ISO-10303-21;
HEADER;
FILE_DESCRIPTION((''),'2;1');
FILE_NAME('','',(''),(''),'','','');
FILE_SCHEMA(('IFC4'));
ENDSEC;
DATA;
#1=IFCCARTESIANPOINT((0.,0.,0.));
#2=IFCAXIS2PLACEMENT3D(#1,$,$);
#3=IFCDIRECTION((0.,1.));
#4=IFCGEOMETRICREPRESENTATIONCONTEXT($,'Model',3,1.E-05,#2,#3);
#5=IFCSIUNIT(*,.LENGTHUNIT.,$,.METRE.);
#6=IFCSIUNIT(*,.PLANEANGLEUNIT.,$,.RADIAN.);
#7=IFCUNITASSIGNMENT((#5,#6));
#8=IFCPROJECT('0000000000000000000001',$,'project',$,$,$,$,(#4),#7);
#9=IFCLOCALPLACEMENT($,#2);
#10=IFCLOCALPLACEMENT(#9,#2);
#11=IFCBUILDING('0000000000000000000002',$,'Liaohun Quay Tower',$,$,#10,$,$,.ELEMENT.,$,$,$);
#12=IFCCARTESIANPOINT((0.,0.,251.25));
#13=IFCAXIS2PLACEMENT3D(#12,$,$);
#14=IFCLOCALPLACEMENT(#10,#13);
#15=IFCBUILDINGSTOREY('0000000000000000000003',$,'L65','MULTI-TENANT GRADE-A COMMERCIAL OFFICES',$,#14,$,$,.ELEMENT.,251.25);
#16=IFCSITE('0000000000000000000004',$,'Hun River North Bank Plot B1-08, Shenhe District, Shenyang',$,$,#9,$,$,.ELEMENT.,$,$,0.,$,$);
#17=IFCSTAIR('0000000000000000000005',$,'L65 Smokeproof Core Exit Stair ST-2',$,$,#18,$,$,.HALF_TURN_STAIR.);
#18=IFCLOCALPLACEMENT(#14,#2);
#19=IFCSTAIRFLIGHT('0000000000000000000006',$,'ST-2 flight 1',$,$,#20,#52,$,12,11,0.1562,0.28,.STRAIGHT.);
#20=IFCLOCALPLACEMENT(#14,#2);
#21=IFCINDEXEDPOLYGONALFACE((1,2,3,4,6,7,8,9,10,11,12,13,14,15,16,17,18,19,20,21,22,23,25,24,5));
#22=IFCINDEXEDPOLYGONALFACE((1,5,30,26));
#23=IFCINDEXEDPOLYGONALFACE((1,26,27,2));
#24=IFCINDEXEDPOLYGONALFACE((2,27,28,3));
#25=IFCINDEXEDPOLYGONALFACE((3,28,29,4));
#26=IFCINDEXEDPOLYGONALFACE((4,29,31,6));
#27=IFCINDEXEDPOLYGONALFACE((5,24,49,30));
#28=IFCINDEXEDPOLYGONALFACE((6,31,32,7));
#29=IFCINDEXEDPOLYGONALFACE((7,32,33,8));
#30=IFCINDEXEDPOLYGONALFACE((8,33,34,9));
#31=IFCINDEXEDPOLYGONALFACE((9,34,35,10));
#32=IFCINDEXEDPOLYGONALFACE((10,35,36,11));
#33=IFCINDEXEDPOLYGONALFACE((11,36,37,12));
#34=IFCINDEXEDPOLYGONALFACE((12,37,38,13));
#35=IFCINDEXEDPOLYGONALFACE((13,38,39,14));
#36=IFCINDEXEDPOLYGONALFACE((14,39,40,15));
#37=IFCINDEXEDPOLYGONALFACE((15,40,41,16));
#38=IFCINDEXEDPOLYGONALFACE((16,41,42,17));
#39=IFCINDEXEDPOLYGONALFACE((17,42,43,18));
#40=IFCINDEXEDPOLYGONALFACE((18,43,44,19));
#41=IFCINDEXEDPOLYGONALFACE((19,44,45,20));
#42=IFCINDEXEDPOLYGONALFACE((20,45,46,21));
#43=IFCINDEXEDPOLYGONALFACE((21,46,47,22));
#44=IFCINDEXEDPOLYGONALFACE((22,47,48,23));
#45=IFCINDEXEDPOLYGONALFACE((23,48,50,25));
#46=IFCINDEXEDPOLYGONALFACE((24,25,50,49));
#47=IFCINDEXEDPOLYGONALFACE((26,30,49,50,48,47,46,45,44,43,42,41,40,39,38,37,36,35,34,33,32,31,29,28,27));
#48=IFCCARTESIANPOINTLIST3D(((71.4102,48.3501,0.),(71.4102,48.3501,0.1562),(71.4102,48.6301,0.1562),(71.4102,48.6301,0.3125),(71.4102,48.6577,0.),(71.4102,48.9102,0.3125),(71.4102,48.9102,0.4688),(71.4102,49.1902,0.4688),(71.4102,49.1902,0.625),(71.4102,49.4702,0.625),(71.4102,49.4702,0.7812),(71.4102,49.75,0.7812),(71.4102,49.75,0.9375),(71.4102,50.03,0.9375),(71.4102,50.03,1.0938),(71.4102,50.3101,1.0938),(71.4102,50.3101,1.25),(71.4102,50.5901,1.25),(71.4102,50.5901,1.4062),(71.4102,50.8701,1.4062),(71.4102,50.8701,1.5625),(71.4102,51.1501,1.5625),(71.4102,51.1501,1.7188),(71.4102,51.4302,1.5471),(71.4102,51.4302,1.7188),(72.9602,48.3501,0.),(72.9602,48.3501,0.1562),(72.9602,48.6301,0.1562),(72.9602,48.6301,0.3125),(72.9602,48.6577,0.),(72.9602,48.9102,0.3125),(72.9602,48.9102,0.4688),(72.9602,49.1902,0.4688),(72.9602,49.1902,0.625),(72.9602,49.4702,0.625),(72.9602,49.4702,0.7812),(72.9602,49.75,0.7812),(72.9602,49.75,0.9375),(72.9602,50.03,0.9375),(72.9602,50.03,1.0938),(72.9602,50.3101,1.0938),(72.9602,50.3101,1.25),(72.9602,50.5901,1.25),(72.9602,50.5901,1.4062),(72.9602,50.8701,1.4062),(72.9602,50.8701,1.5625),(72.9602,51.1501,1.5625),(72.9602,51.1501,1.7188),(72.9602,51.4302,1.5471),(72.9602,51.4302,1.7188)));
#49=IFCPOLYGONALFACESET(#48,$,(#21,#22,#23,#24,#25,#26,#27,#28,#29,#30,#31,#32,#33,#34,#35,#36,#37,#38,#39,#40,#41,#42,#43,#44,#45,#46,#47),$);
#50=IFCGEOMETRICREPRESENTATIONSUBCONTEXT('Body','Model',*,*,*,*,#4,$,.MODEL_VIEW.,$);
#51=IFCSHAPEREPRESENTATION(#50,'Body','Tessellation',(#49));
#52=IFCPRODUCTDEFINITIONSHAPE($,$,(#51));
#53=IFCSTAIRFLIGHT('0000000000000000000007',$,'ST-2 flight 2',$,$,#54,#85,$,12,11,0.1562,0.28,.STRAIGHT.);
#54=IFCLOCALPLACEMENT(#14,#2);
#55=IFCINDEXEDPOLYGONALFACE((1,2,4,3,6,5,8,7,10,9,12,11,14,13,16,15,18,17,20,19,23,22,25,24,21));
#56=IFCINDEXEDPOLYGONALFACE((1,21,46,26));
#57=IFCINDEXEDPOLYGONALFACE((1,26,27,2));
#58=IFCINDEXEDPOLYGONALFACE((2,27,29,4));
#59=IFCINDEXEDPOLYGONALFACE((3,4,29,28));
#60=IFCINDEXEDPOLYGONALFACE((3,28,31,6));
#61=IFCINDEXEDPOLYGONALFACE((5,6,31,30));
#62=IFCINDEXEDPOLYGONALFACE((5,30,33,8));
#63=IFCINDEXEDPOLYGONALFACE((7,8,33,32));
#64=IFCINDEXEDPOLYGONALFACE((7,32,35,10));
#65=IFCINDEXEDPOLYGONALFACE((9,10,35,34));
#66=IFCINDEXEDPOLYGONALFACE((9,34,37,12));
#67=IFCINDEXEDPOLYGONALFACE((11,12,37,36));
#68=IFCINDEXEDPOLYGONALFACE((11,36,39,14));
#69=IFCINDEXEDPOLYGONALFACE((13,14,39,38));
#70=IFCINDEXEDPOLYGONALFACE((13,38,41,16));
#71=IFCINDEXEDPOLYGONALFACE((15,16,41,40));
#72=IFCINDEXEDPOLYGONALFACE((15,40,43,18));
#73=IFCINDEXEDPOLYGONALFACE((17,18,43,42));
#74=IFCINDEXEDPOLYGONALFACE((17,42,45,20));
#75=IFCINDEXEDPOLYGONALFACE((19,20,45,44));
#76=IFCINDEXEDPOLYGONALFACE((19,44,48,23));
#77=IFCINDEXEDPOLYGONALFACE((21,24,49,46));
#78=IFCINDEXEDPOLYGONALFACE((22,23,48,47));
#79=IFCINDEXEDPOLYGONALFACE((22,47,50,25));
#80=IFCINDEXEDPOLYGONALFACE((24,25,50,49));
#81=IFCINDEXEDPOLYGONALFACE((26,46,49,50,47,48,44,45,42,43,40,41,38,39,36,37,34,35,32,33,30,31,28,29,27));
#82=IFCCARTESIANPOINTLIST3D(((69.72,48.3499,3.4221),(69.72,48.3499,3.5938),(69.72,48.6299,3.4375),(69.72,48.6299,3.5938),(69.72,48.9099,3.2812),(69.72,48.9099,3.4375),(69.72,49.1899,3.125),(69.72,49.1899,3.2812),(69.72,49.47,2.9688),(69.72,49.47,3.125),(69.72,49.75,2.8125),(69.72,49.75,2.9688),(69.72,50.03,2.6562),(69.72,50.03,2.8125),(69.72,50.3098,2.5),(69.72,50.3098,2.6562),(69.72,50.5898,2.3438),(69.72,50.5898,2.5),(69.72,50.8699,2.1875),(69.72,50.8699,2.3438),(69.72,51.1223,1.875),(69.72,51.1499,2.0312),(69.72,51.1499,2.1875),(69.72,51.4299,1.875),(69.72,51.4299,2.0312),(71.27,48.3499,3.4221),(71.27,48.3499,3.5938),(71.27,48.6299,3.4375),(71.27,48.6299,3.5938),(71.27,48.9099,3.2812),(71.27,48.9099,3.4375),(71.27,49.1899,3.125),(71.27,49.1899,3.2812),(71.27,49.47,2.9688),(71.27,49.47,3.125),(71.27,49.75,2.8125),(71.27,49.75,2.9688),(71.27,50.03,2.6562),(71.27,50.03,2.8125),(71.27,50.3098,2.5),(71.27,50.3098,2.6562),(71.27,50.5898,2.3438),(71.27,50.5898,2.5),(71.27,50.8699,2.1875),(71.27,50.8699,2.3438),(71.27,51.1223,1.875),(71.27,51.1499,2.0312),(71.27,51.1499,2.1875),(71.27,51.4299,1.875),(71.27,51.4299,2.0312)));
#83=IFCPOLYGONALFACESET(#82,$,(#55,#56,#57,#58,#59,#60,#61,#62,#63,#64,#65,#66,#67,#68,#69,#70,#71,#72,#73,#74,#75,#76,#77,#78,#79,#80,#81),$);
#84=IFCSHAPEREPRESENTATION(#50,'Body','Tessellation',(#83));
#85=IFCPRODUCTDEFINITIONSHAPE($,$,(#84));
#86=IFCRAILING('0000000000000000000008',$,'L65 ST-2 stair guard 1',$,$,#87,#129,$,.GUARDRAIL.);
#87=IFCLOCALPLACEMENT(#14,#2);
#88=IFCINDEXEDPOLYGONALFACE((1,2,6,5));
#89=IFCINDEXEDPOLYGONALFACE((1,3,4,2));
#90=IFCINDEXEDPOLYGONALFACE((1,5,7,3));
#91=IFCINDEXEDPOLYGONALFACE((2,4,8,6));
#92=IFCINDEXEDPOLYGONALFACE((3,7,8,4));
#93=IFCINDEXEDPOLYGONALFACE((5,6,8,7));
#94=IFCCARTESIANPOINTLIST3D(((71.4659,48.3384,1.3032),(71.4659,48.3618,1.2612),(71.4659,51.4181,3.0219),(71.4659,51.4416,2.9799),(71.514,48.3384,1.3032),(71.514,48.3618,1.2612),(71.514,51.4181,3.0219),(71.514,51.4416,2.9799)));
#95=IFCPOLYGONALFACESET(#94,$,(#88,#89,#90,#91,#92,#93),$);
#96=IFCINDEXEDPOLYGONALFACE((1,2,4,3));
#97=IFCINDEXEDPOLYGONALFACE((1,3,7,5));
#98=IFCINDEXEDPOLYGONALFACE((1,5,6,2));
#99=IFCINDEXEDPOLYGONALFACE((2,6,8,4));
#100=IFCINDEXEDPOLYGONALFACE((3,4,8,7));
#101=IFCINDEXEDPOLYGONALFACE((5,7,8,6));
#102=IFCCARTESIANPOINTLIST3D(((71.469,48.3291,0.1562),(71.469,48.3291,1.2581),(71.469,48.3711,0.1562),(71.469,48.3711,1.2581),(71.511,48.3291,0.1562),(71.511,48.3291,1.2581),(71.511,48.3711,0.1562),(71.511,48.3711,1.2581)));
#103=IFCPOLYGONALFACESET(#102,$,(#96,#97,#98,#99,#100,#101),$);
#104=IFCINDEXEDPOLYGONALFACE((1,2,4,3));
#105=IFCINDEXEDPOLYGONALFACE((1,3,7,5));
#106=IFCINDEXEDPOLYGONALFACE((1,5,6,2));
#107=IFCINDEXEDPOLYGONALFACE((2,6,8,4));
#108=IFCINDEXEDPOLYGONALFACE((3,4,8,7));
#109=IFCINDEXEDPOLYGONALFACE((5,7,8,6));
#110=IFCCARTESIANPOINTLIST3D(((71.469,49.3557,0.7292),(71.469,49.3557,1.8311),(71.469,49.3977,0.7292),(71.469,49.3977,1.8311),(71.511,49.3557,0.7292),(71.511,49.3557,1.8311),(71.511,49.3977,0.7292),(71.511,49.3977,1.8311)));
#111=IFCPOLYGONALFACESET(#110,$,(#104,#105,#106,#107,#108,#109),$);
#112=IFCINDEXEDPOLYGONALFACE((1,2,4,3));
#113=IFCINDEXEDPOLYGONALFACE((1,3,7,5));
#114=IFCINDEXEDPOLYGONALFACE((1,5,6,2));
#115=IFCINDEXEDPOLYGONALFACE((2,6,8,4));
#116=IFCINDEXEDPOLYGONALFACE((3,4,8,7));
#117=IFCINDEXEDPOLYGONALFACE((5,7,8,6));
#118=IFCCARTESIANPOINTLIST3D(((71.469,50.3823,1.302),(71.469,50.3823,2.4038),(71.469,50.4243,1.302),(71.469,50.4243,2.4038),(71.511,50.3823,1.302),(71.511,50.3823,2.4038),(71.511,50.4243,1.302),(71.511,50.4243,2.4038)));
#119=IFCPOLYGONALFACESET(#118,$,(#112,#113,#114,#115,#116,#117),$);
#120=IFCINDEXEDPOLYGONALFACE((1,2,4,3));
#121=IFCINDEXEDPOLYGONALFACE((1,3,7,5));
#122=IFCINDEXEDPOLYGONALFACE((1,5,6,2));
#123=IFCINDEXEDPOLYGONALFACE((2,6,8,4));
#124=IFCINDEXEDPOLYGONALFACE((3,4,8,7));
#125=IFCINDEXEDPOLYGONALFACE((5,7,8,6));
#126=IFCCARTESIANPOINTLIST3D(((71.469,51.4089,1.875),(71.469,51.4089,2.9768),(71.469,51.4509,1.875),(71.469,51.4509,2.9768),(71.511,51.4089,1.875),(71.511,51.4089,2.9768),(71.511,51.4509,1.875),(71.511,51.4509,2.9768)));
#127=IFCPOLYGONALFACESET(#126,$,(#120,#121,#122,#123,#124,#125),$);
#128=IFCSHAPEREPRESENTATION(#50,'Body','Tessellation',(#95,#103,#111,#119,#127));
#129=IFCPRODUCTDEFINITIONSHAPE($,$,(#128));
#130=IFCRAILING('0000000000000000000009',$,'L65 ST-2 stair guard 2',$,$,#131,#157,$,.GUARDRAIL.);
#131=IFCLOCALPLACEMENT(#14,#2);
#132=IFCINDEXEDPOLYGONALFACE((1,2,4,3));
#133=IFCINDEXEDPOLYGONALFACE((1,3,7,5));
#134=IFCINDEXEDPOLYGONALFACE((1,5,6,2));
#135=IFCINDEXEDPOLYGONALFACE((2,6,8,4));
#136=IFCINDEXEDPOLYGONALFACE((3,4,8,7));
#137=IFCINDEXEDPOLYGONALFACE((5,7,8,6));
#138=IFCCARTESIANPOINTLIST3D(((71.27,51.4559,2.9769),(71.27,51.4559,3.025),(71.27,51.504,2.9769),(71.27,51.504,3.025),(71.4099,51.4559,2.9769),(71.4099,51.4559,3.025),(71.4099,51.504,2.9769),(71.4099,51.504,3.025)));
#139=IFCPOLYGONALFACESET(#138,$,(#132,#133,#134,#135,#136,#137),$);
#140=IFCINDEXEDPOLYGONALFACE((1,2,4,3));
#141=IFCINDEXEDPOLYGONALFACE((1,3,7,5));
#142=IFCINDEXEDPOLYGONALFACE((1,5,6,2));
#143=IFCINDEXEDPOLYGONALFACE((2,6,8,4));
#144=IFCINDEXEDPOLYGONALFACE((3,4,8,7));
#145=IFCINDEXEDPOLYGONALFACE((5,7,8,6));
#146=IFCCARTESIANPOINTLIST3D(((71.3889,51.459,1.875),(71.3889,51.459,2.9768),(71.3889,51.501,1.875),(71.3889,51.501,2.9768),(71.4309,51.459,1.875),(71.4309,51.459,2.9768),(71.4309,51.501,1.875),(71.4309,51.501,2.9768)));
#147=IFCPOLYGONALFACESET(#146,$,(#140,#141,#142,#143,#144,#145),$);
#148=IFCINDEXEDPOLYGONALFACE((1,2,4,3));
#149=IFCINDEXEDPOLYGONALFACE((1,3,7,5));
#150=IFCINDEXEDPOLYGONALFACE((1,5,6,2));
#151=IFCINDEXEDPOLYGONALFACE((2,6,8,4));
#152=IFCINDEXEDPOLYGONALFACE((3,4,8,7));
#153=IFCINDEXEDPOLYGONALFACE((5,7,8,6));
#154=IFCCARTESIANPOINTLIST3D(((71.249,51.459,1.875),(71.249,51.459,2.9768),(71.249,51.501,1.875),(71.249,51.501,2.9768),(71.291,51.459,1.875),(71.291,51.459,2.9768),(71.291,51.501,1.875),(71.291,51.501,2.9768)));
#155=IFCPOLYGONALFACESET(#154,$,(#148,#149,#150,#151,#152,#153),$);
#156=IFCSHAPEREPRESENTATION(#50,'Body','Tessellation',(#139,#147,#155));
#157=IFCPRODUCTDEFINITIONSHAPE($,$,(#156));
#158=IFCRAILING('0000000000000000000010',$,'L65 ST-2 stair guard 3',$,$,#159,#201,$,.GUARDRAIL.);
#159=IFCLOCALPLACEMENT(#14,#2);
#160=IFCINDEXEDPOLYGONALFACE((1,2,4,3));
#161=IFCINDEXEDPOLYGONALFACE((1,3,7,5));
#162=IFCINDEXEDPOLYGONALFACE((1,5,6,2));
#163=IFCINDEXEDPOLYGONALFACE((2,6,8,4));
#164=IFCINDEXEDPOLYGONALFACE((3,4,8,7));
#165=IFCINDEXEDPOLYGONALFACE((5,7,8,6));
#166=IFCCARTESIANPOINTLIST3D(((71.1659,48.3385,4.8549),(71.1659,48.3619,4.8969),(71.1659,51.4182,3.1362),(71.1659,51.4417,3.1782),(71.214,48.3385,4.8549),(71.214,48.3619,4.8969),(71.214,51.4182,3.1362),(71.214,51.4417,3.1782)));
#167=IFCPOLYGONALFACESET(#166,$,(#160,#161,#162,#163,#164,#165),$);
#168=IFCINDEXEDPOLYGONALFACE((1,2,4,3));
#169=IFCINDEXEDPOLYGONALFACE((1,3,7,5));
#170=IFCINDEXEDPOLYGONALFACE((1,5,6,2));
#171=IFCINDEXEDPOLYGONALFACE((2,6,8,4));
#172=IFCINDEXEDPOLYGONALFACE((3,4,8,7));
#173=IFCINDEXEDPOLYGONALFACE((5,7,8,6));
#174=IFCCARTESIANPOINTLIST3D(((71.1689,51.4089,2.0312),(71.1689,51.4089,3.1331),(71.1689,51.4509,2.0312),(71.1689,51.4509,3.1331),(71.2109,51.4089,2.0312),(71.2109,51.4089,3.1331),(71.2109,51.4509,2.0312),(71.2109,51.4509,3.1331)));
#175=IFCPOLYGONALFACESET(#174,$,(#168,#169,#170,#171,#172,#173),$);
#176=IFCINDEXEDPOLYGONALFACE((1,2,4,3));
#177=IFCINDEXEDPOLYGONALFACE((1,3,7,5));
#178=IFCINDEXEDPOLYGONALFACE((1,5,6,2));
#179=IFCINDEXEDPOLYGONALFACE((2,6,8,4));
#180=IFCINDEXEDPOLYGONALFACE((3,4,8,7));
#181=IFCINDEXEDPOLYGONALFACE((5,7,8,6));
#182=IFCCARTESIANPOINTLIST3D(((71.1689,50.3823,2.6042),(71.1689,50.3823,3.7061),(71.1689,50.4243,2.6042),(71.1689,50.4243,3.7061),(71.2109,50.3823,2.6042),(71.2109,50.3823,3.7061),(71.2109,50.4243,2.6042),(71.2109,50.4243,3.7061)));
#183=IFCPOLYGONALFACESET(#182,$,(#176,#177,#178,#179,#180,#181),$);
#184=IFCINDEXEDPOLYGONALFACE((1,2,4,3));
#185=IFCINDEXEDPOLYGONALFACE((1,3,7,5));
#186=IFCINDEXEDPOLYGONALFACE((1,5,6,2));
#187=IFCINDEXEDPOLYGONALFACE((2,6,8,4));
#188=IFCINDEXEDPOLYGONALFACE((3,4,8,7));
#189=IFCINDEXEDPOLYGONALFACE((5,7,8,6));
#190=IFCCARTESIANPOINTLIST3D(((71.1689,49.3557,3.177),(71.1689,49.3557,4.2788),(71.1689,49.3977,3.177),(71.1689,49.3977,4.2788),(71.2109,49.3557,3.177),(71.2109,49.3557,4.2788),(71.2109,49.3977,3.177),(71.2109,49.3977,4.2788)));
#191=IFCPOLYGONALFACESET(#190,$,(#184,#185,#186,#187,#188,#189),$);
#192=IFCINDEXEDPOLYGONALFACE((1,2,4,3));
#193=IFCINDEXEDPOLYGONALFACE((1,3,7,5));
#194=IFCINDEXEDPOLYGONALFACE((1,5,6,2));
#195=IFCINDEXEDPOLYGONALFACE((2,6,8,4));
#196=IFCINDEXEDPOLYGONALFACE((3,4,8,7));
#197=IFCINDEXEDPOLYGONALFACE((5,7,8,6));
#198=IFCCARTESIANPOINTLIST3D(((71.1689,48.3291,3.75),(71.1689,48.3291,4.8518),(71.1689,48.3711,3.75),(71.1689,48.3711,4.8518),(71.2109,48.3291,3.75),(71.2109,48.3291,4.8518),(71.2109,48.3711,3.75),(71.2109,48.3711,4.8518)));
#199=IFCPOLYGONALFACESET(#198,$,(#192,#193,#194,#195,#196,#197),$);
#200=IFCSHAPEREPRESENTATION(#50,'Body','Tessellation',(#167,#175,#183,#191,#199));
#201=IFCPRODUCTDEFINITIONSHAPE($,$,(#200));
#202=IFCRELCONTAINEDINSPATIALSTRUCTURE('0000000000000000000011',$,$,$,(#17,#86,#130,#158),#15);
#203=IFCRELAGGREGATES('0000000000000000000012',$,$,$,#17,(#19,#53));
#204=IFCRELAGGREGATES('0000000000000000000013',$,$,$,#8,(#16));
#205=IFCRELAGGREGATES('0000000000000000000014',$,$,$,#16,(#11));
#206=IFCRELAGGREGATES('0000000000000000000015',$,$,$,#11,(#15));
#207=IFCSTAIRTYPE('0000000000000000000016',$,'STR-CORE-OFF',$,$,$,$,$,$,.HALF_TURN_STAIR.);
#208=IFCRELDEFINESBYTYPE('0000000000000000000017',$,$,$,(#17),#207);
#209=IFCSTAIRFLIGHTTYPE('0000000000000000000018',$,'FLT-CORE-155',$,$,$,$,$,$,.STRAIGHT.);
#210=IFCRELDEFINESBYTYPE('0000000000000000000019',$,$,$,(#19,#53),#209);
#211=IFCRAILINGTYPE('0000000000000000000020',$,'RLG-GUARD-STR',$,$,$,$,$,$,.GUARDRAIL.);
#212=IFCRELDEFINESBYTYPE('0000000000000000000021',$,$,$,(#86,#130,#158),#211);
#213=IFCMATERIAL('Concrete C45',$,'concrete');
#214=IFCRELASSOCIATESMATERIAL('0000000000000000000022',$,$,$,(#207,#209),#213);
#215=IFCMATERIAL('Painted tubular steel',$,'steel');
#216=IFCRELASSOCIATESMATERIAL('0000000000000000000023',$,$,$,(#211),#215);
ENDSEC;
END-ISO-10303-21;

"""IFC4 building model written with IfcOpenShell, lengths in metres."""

from ifc_helpers import new_model, si_unit, direction, frame, origin, origin_2d, place, context, subcontext, project, spatial, polyline, rectangle, outline, extrude, material, type_object, element, aggregate, save


model = new_model("IFC4")

# Units and contexts
model_context = context("Model", 3, precision=1e-05, world=origin(), true_north=direction((0.0, 1.0)))
body_context = subcontext(model_context, "Body", "Model", "MODEL_VIEW")
ifc_project = project(units=[si_unit("LENGTHUNIT", "METRE"), si_unit("PLANEANGLEUNIT", "RADIAN")], contexts=[model_context])

# Site, building, storey
site_placement = place(None, origin())
site = spatial("IfcSite", under=ifc_project, at=site_placement, Name="Hun River North Bank Plot B1-08, Shenhe District, Shenyang", CompositionType="ELEMENT", RefElevation=0.0)
building_placement = place(site_placement, origin())
building = spatial("IfcBuilding", under=site, at=building_placement, Name="Liaohun Quay Tower", CompositionType="ELEMENT")
storey_placement = place(building_placement, frame((0.0, 0.0, 251.25)))
storey = spatial("IfcBuildingStorey", under=building, at=storey_placement, Name="L65", Description="MULTI-TENANT GRADE-A COMMERCIAL OFFICES", CompositionType="ELEMENT", Elevation=251.25)

# Stair, stair flights
ifc_material_1 = material(Name="Concrete C45", Category="concrete")
stair_type = type_object("IfcStairType", Name="STR-CORE-OFF", PredefinedType="HALF_TURN_STAIR", material=ifc_material_1)
stair_placement = place(storey_placement, origin())
stair = element("IfcStair", 1, at=stair_placement, inside=storey, type_object=stair_type, Name="L65 Smokeproof Core Exit Stair ST-2", PredefinedType="HALF_TURN_STAIR")
stair_flight_type = type_object("IfcStairFlightType", Name="FLT-CORE-155", PredefinedType="STRAIGHT", material=ifc_material_1)
stair_flight_1_placement = place(storey_placement, frame((72.1851, 48.3501, 0.0), z_axis=(0.0, 0.0, 1.0), x_axis=(0.0, 1.0, 0.0)))
stair_flight_1 = element("IfcStairFlight", 2, at=stair_flight_1_placement, type_object=stair_flight_type, Name="ST-2 flight 1", NumberOfRisers=12, NumberOfTreads=11, PredefinedType="STRAIGHT", RiserHeight=0.1562, TreadLength=0.28, context=body_context, shape_type="SweptSolid", body=[
    extrude(outline(polyline([(0.0, 0.0), (0.0, 0.1562), (0.28, 0.1562), (0.28, 0.3125), (0.5601, 0.3125), (0.5601, 0.4688), (0.8401, 0.4688), (0.8401, 0.625), (1.1201, 0.625), (1.1201, 0.7812), (1.3999, 0.7812), (1.3999, 0.9375), (1.6799, 0.9375), (1.6799, 1.0938), (1.96, 1.0938), (1.96, 1.25), (2.24, 1.25), (2.24, 1.4062), (2.52, 1.4062), (2.52, 1.5625), (2.8, 1.5625), (2.8, 1.7188), (3.0801, 1.7188), (3.0801, 1.875), (3.0801, 1.5471), (0.3076, 0.0), (0.0, 0.0)])), frame((0.0, 0.7749, 0.0), z_axis=(0.0, -1.0, 0.0), x_axis=(1.0, 0.0, 0.0)), (0.0, 0.0, 1.0), 1.55),
])
stair_flight_2_placement = place(storey_placement, frame((70.4951, 51.4299, 1.875), z_axis=(0.0, 0.0, 1.0), x_axis=(0.0, -1.0, 0.0)))
stair_flight_2 = element("IfcStairFlight", 3, at=stair_flight_2_placement, type_object=stair_flight_type, Name="ST-2 flight 2", NumberOfRisers=12, NumberOfTreads=11, PredefinedType="STRAIGHT", RiserHeight=0.1562, TreadLength=0.28, context=body_context, shape_type="SweptSolid", body=[
    extrude(outline(polyline([(0.0, 0.0), (0.0, 0.1562), (0.28, 0.1562), (0.28, 0.3125), (0.5601, 0.3125), (0.5601, 0.4688), (0.8401, 0.4688), (0.8401, 0.625), (1.1201, 0.625), (1.1201, 0.7812), (1.3999, 0.7812), (1.3999, 0.9375), (1.6799, 0.9375), (1.6799, 1.0938), (1.96, 1.0938), (1.96, 1.25), (2.24, 1.25), (2.24, 1.4062), (2.52, 1.4062), (2.52, 1.5625), (2.8, 1.5625), (2.8, 1.7188), (3.0801, 1.7188), (3.0801, 1.875), (3.0801, 1.5471), (0.3076, 0.0), (0.0, 0.0)])), frame((0.0, 0.7749, 0.0), z_axis=(0.0, -1.0, 0.0), x_axis=(1.0, 0.0, 0.0)), (0.0, 0.0, 1.0), 1.55),
])
aggregate(stair, [stair_flight_1, stair_flight_2])

# Railings
ifc_material_2 = material(Name="Painted tubular steel", Category="steel")
railing_type_1 = type_object("IfcRailingType", Name="RLG-GUARD-STR", PredefinedType="GUARDRAIL", material=ifc_material_2)
railing_1_placement = place(storey_placement, frame((71.49, 48.3501, 0.1562)))
element("IfcRailing", 4, at=railing_1_placement, inside=storey, type_object=railing_type_1, Name="L65 ST-2 stair guard 1", PredefinedType="GUARDRAIL", context=body_context, shape_type="SweptSolid", body=[
    extrude(rectangle(XDim=0.0481, YDim=0.0481, at=origin_2d()), frame((0.0, 0.0, 1.126), z_axis=(0.0, 0.873225, 0.487317), x_axis=(-1.0, 0.0, 0.0)), (0.0, 0.0, 1.0), 3.5269),
    extrude(rectangle(XDim=0.042, YDim=0.042, at=origin_2d()), origin(), (0.0, 0.0, 1.0), 1.1018),
    extrude(rectangle(XDim=0.042, YDim=0.042, at=origin_2d()), frame((0.0, 1.0266, 0.573)), (0.0, 0.0, 1.0), 1.1018),
    extrude(rectangle(XDim=0.042, YDim=0.042, at=origin_2d()), frame((0.0, 2.0532, 1.1458)), (0.0, 0.0, 1.0), 1.1018),
    extrude(rectangle(XDim=0.042, YDim=0.042, at=origin_2d()), frame((0.0, 3.0798, 1.7188)), (0.0, 0.0, 1.0), 1.1018),
])
railing_2_placement = place(storey_placement, frame((71.4099, 51.48, 1.875)))
element("IfcRailing", 5, at=railing_2_placement, inside=storey, type_object=railing_type_1, Name="L65 ST-2 stair guard 2", PredefinedType="GUARDRAIL", context=body_context, shape_type="SweptSolid", body=[
    extrude(rectangle(XDim=0.0481, YDim=0.0481, at=origin_2d()), frame((0.0, 0.0, 1.126), z_axis=(-1.0, 0.0, 0.0), x_axis=(0.0, -1.0, 0.0)), (0.0, 0.0, 1.0), 0.1399),
    extrude(rectangle(XDim=0.042, YDim=0.042, at=origin_2d()), origin(), (0.0, 0.0, 1.0), 1.1018),
    extrude(rectangle(XDim=0.042, YDim=0.042, at=origin_2d()), frame((-0.1399, 0.0, 0.0)), (0.0, 0.0, 1.0), 1.1018),
])
railing_3_placement = place(storey_placement, frame((71.1899, 51.4299, 2.0312)))
element("IfcRailing", 6, at=railing_3_placement, inside=storey, type_object=railing_type_1, Name="L65 ST-2 stair guard 3", PredefinedType="GUARDRAIL", context=body_context, shape_type="SweptSolid", body=[
    extrude(rectangle(XDim=0.0481, YDim=0.0481, at=origin_2d()), frame((0.0, 0.0, 1.126), z_axis=(0.0, -0.873225, 0.487317), x_axis=(1.0, 0.0, 0.0)), (0.0, 0.0, 1.0), 3.5269),
    extrude(rectangle(XDim=0.042, YDim=0.042, at=origin_2d()), origin(), (0.0, 0.0, 1.0), 1.1018),
    extrude(rectangle(XDim=0.042, YDim=0.042, at=origin_2d()), frame((0.0, -1.0266, 0.573)), (0.0, 0.0, 1.0), 1.1018),
    extrude(rectangle(XDim=0.042, YDim=0.042, at=origin_2d()), frame((0.0, -2.0532, 1.1458)), (0.0, 0.0, 1.0), 1.1018),
    extrude(rectangle(XDim=0.042, YDim=0.042, at=origin_2d()), frame((0.0, -3.0798, 1.7188)), (0.0, 0.0, 1.0), 1.1018),
])

save(model, "model.ifc")
